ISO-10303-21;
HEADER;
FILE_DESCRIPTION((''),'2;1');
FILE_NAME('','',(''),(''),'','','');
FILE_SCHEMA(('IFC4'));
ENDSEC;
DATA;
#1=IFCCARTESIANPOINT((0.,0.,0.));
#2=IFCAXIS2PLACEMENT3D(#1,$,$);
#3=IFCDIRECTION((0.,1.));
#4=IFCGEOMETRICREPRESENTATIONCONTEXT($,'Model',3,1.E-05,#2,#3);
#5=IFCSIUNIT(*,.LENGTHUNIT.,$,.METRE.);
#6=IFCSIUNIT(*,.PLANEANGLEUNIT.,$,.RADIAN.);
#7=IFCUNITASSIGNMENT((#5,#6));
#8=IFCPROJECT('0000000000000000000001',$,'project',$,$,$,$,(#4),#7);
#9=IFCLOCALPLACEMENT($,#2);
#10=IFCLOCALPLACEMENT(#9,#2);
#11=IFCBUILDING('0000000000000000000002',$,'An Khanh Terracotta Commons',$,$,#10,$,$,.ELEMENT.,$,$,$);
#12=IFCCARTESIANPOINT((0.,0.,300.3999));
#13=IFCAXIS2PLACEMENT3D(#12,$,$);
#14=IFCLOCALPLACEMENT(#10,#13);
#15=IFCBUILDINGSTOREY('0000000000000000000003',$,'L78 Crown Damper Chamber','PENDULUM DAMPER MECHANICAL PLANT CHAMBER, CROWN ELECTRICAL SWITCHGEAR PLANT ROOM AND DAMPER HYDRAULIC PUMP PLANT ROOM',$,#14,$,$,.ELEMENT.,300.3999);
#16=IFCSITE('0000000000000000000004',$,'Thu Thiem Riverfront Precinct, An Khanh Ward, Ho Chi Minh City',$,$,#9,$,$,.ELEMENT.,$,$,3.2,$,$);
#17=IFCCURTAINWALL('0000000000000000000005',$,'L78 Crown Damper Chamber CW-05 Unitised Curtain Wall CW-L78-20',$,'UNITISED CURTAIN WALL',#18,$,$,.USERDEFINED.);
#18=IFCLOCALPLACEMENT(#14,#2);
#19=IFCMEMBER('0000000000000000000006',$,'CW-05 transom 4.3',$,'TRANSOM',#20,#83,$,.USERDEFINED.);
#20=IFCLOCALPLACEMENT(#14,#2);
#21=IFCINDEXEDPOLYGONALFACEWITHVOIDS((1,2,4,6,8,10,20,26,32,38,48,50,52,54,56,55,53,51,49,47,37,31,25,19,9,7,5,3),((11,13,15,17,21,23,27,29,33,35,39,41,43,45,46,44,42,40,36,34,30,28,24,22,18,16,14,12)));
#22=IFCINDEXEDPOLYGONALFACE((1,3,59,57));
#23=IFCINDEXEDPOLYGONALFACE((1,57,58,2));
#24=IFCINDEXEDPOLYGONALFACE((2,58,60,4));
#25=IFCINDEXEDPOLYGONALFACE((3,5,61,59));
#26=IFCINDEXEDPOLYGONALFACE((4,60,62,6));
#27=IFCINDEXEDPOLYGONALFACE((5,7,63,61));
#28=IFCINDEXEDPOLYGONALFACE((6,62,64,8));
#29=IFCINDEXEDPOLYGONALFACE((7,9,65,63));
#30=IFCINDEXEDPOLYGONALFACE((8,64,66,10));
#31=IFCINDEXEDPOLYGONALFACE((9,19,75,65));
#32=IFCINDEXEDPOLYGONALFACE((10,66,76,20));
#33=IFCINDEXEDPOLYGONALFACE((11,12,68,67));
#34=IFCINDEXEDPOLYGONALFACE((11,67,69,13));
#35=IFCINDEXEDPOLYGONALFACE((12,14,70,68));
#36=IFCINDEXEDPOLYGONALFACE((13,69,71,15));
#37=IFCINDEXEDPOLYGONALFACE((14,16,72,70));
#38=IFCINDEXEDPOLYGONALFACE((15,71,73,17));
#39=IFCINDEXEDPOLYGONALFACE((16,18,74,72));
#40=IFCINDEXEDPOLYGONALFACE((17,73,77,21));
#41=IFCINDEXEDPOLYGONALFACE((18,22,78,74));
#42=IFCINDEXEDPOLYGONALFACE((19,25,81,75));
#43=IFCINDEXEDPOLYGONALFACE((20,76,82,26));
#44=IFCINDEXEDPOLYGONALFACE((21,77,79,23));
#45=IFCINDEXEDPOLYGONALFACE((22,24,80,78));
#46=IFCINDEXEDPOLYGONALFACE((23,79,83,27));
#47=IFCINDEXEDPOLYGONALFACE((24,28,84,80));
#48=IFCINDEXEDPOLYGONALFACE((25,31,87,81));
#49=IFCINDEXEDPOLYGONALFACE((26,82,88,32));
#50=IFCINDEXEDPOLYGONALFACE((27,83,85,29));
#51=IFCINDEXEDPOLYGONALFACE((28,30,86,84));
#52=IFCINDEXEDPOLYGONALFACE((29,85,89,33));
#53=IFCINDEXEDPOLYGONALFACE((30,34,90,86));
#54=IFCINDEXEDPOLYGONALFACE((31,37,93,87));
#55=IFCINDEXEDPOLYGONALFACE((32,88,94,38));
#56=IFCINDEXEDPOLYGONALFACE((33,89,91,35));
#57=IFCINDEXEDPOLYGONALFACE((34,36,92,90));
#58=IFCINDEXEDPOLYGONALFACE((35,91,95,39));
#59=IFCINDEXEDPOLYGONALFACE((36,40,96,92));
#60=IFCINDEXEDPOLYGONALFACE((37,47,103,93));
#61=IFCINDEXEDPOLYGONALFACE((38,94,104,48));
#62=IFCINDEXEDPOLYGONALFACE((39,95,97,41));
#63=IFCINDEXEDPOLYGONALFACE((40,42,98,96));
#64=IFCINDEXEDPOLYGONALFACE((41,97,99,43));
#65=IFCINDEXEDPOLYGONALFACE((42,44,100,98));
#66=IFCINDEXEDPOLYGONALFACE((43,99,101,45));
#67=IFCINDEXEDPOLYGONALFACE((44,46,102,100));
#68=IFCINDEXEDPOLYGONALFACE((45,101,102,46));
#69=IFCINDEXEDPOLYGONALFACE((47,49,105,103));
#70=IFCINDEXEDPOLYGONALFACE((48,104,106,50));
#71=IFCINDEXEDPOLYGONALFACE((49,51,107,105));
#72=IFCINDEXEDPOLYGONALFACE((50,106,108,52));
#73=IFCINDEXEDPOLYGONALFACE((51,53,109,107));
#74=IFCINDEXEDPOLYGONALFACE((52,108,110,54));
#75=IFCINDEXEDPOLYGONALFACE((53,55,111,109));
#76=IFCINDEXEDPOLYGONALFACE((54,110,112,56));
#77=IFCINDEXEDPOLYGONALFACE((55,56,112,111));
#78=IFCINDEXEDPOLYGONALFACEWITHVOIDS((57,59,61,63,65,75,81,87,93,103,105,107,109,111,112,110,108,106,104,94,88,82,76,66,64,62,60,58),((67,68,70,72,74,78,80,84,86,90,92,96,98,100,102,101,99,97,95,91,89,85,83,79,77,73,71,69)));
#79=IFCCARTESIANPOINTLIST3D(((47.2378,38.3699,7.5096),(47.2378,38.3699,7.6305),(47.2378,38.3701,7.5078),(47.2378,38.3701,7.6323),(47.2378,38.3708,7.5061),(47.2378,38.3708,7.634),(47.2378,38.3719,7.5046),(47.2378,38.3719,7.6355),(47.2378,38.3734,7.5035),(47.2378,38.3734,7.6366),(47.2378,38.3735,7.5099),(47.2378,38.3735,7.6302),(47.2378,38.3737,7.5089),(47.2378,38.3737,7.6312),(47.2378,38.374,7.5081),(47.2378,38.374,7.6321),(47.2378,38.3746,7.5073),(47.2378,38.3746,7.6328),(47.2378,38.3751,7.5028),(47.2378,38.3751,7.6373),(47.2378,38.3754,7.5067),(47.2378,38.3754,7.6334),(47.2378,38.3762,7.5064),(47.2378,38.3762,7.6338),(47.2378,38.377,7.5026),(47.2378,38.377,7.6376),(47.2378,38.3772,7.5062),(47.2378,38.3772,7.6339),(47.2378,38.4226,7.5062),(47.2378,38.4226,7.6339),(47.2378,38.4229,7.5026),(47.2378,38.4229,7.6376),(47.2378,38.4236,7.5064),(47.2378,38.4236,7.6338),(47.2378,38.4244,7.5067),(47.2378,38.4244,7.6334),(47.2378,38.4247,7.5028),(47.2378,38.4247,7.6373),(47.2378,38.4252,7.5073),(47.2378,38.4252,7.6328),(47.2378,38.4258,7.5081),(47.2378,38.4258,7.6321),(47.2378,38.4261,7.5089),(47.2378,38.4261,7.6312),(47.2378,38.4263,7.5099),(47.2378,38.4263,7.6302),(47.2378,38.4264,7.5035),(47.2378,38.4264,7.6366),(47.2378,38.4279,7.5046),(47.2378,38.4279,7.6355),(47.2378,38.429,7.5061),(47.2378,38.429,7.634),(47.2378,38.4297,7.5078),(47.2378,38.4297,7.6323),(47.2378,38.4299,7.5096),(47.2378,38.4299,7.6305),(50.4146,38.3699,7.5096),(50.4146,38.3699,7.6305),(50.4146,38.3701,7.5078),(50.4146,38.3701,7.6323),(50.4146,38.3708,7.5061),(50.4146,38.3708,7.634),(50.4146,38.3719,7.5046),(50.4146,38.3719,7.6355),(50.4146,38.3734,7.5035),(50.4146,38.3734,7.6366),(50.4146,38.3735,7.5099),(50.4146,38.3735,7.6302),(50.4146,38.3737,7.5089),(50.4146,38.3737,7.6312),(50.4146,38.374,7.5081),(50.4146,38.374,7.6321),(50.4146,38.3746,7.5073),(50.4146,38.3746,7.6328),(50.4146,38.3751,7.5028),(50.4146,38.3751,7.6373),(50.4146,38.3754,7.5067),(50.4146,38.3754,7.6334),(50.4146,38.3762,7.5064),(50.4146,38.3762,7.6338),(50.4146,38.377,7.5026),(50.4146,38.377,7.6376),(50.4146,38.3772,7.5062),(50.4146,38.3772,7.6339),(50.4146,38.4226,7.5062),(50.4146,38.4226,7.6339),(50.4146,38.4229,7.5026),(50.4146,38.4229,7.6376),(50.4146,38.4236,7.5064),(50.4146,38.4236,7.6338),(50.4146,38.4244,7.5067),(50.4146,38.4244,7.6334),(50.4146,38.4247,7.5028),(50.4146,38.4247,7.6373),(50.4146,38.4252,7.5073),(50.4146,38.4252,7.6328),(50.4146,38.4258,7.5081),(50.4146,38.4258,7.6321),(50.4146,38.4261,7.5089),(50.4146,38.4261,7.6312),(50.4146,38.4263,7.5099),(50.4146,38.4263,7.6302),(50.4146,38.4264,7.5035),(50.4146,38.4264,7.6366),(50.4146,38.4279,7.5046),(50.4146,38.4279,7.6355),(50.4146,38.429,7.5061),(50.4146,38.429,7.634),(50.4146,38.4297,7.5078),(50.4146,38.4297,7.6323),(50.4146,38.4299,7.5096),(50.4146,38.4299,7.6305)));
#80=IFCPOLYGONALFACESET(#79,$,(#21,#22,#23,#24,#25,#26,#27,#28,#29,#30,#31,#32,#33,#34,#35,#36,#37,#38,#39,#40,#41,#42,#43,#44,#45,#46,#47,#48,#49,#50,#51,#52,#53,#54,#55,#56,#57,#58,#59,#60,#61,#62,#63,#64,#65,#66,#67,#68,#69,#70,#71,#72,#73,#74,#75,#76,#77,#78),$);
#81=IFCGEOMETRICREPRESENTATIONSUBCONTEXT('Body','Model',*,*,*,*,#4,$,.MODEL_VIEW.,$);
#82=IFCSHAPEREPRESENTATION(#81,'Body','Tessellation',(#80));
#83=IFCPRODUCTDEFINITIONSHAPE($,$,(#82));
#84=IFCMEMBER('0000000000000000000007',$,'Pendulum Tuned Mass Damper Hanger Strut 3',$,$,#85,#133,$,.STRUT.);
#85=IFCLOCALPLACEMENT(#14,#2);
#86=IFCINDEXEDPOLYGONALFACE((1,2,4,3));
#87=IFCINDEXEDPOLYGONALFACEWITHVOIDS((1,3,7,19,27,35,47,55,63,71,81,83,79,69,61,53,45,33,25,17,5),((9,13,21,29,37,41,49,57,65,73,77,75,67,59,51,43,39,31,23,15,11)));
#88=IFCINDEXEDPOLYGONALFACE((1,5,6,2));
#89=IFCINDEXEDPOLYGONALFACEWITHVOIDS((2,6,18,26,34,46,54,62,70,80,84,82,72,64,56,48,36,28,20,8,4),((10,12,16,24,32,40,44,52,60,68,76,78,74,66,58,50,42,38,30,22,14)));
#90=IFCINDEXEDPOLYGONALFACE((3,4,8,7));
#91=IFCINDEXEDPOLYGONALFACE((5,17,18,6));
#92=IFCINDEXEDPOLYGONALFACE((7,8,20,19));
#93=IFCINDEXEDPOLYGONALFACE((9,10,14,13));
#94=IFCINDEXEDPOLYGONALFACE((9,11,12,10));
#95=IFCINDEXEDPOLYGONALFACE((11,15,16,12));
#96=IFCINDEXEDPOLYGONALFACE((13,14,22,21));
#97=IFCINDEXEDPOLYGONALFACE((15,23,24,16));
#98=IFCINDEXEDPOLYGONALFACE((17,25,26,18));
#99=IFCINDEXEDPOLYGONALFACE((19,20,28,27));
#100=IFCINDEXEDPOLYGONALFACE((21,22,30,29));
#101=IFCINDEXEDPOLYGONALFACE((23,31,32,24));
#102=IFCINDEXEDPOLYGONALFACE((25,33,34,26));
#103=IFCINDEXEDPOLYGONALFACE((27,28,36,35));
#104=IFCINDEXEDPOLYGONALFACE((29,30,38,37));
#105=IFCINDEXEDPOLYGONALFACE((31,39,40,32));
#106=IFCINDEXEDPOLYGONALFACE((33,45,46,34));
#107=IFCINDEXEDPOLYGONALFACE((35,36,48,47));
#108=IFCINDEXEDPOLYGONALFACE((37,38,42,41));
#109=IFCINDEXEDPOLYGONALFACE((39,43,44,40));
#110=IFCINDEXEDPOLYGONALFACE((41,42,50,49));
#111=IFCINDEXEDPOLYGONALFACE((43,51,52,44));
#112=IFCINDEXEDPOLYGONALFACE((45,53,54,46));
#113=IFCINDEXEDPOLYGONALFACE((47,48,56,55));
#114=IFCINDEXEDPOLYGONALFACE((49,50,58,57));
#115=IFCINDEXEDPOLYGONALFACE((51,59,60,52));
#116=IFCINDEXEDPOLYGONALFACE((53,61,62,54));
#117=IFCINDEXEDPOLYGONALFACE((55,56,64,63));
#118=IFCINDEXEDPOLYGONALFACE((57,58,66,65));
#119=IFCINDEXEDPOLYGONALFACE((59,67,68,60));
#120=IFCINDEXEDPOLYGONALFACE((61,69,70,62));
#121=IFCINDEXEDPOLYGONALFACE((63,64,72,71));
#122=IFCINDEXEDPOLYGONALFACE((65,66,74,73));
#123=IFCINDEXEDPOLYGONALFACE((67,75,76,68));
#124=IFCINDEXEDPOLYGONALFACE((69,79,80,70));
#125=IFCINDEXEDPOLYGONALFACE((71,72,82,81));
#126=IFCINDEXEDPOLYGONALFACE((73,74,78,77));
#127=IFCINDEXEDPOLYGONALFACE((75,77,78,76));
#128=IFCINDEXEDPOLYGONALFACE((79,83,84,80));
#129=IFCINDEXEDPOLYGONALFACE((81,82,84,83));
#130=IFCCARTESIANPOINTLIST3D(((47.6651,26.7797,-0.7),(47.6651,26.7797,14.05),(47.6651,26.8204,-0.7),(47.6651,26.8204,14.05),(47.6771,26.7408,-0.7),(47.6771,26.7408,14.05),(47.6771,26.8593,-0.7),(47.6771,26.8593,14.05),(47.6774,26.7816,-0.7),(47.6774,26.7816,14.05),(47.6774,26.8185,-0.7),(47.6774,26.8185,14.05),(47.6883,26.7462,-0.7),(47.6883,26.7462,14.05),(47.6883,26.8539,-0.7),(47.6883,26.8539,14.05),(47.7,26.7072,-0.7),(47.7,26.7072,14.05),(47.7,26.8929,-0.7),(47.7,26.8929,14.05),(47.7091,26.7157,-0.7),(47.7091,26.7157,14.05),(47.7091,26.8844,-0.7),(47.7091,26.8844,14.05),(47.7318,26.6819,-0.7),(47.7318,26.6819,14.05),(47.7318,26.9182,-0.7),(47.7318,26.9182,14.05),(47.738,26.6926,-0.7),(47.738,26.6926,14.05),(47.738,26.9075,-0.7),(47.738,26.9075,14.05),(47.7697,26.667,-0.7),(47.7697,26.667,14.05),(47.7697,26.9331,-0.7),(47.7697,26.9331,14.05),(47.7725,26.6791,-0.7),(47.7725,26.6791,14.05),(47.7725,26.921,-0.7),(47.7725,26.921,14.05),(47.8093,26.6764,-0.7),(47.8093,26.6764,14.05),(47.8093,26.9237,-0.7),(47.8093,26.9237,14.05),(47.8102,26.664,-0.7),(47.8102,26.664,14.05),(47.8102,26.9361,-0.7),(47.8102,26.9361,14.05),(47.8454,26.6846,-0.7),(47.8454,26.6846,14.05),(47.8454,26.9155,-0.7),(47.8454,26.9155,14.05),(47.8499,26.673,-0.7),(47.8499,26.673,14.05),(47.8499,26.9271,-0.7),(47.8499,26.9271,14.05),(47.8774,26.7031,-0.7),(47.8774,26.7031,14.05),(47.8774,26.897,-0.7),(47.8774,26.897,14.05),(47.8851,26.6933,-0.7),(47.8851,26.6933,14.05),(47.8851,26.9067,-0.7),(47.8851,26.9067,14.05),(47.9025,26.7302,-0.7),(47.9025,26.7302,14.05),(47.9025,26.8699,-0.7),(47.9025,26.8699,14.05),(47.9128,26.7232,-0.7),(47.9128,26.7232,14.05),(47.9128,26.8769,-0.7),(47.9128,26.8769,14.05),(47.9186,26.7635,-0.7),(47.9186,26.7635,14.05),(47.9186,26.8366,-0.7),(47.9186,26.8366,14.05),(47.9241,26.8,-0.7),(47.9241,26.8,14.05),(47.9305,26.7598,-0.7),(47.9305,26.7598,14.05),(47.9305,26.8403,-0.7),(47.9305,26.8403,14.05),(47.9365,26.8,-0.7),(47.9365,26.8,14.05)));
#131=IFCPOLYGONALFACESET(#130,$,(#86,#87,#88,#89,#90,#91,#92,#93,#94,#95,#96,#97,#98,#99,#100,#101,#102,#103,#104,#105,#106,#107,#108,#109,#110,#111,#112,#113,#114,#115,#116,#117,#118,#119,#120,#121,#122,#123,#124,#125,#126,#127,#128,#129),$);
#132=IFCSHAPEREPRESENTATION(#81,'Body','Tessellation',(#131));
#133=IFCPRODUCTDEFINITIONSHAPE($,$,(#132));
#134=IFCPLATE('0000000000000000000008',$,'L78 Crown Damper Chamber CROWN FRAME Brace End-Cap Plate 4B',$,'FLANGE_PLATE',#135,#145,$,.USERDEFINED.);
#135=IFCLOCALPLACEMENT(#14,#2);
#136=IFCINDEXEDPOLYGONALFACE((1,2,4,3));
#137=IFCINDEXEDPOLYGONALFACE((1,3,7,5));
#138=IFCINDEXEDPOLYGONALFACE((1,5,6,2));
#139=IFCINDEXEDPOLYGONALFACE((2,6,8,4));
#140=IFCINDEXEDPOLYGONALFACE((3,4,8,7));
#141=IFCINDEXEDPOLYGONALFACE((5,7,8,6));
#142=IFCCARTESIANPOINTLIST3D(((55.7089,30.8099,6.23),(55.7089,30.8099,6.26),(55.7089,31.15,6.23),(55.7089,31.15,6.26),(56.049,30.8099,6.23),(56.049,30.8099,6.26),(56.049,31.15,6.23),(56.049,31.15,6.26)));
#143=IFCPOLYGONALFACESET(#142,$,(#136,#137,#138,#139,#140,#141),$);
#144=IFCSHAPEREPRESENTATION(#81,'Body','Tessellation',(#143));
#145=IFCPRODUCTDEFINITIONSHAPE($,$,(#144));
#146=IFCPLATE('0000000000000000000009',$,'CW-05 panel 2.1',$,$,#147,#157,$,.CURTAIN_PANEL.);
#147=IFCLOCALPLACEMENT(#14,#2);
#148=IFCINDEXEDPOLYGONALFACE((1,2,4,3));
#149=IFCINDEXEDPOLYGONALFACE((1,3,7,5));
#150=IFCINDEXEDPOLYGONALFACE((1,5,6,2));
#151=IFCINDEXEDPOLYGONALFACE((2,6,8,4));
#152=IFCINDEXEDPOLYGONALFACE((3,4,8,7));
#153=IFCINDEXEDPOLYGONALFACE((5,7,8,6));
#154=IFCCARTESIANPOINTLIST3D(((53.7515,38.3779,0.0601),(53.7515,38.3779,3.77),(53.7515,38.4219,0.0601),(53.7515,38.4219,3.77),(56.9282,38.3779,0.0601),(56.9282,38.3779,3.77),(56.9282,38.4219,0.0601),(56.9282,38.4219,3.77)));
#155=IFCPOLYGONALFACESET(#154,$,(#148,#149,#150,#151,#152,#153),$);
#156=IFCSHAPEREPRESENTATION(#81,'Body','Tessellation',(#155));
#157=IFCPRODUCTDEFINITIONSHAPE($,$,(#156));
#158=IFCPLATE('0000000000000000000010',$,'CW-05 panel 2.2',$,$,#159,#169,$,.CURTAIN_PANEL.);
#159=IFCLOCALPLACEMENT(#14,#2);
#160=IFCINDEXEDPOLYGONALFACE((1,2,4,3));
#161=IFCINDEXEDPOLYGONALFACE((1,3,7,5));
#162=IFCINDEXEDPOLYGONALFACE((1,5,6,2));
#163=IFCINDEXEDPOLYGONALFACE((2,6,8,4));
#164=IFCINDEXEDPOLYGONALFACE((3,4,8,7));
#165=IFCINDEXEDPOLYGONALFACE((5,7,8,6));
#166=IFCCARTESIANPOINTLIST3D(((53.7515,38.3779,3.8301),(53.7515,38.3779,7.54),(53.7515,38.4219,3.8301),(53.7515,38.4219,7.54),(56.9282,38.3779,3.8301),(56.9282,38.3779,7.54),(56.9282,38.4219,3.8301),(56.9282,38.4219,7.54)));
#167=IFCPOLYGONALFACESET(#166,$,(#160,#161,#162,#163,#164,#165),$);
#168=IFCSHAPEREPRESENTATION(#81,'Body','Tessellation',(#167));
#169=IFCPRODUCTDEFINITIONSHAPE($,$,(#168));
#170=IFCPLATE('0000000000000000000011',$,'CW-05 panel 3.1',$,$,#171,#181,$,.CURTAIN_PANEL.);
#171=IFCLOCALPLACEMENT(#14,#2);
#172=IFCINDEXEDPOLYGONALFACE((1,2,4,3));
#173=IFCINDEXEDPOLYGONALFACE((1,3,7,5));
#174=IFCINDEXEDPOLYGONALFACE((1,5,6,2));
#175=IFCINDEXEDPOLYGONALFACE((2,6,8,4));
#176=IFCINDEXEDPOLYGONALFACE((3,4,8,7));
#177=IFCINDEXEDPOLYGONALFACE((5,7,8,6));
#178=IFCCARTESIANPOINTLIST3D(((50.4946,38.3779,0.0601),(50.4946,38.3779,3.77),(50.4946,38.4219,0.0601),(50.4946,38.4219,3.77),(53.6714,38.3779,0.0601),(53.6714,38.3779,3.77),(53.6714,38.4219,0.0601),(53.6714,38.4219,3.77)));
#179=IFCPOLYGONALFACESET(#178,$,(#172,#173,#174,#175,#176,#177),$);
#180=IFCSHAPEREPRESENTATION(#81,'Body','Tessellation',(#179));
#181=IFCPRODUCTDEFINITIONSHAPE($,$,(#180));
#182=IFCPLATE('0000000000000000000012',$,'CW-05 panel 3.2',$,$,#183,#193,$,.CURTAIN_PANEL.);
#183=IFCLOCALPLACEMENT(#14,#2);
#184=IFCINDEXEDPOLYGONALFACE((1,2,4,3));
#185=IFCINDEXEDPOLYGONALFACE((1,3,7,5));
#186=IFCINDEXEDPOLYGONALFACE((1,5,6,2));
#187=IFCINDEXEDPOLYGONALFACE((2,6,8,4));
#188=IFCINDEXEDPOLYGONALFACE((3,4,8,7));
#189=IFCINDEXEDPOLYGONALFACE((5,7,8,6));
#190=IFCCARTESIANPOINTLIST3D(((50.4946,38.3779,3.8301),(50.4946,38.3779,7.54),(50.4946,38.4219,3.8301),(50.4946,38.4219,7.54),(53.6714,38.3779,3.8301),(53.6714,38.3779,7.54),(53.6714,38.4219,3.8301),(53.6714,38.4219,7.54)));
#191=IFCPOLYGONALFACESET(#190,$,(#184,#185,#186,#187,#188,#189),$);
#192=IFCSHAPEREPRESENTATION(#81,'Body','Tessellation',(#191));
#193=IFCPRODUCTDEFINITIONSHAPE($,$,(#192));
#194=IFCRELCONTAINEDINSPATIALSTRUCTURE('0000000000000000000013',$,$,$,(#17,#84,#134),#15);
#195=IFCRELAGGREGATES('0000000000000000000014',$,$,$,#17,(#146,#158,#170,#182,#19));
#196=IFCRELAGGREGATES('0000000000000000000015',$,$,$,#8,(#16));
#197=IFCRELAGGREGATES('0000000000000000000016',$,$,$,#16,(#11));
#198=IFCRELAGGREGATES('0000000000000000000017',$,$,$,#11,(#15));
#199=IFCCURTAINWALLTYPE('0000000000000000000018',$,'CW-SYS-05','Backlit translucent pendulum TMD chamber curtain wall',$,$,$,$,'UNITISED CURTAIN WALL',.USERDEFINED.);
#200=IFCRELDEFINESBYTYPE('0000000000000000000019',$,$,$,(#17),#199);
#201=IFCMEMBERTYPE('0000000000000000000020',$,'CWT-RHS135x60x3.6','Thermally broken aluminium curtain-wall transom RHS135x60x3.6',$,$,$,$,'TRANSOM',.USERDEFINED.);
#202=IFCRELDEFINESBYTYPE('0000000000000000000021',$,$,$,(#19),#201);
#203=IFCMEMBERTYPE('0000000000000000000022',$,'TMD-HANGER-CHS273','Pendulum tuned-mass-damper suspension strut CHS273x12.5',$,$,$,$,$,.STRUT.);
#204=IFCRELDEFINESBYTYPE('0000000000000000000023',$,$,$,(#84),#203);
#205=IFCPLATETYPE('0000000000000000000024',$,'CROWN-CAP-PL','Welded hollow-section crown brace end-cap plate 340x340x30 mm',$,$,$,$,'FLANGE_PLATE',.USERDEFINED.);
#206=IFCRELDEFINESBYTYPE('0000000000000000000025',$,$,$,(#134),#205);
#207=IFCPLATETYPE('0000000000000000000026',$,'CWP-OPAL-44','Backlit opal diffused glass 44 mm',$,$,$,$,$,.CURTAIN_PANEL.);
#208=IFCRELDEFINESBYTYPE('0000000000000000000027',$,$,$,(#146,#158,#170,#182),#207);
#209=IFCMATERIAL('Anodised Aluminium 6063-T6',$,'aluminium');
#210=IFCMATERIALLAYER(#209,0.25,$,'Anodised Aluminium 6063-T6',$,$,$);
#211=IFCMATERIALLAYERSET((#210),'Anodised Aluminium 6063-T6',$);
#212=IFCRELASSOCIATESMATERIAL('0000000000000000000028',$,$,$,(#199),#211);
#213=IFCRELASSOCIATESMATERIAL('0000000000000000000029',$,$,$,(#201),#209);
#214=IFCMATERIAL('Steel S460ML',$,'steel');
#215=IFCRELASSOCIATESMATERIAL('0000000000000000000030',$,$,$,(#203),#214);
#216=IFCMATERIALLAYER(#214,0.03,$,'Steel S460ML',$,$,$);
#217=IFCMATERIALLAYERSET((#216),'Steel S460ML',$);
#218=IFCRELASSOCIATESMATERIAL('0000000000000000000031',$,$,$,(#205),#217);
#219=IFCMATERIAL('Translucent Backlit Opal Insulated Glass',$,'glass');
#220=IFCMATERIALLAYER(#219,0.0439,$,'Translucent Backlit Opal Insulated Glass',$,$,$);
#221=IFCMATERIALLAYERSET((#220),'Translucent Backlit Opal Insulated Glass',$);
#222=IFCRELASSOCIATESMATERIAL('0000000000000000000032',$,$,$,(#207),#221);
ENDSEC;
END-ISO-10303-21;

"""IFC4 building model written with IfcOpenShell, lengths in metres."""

from ifc_helpers import new_model, si_unit, direction, frame, origin, origin_2d, place, context, subcontext, project, spatial, rectangle, hollow_rectangle, hollow_circle, extrude, material, layer, layer_set, material_profile, profile_set, type_object, element, aggregate, save


model = new_model("IFC4")

# Units and contexts
model_context = context("Model", 3, precision=1e-05, world=origin(), true_north=direction((0.0, 1.0)))
body_context = subcontext(model_context, "Body", "Model", "MODEL_VIEW")
ifc_project = project(units=[si_unit("LENGTHUNIT", "METRE"), si_unit("PLANEANGLEUNIT", "RADIAN")], contexts=[model_context])

# Site, building, storey
site_placement = place(None, origin())
site = spatial("IfcSite", under=ifc_project, at=site_placement, Name="Thu Thiem Riverfront Precinct, An Khanh Ward, Ho Chi Minh City", CompositionType="ELEMENT", RefElevation=3.2)
building_placement = place(site_placement, origin())
building = spatial("IfcBuilding", under=site, at=building_placement, Name="An Khanh Terracotta Commons", CompositionType="ELEMENT")
storey_placement = place(building_placement, frame((0.0, 0.0, 300.3999)))
storey = spatial("IfcBuildingStorey", under=building, at=storey_placement, Name="L78 Crown Damper Chamber", Description="PENDULUM DAMPER MECHANICAL PLANT CHAMBER, CROWN ELECTRICAL SWITCHGEAR PLANT ROOM AND DAMPER HYDRAULIC PUMP PLANT ROOM", CompositionType="ELEMENT", Elevation=300.3999)

# Shared definitions
ifc_material_1 = material(Name="Steel S460ML", Category="steel")

# Curtain wall, member
ifc_material_2 = material(Name="Anodised Aluminium 6063-T6", Category="aluminium")
ifc_layer_1 = layer(ifc_material_2, 0.25, Name="Anodised Aluminium 6063-T6")
ifc_layer_set_1 = layer_set([ifc_layer_1], Name="Anodised Aluminium 6063-T6")
curtain_wall_type = type_object("IfcCurtainWallType", Name="CW-SYS-05", Description="Backlit translucent pendulum TMD chamber curtain wall", ElementType="UNITISED CURTAIN WALL", PredefinedType="USERDEFINED", material=ifc_layer_set_1)
curtain_wall_placement = place(storey_placement, origin())
curtain_wall = element("IfcCurtainWall", 1, at=curtain_wall_placement, inside=storey, type_object=curtain_wall_type, Name="L78 Crown Damper Chamber CW-05 Unitised Curtain Wall CW-L78-20", ObjectType="UNITISED CURTAIN WALL", PredefinedType="USERDEFINED")
ifc_material_profile_1 = material_profile(ifc_material_2, hollow_rectangle(XDim=0.0601, YDim=0.135, WallThickness=0.0037, InnerFilletRadius=0.0037, OuterFilletRadius=0.0071, at=origin_2d()), Name="RHS135x60x3.6")
ifc_profile_set_1 = profile_set([ifc_material_profile_1], Name="Anodised Aluminium 6063-T6")
member_type_1 = type_object("IfcMemberType", Name="CWT-RHS135x60x3.6", Description="Thermally broken aluminium curtain-wall transom RHS135x60x3.6", ElementType="TRANSOM", PredefinedType="USERDEFINED", material=ifc_profile_set_1)
member_1_placement = place(storey_placement, frame((50.4146, 38.3999, 7.5701), z_axis=(-1.0, 0.0, 0.0), x_axis=(0.0, -1.0, 0.0)))
member_1 = element("IfcMember", 2, at=member_1_placement, type_object=member_type_1, Name="CW-05 transom 4.3", ObjectType="TRANSOM", PredefinedType="USERDEFINED", context=body_context, shape_type="SweptSolid", body=[
    extrude(hollow_rectangle(XDim=0.0601, YDim=0.135, WallThickness=0.0037, InnerFilletRadius=0.0037, OuterFilletRadius=0.0071, at=origin_2d()), origin(), (0.0, 0.0, 1.0), 3.1768),
])

# Member
ifc_material_profile_2 = material_profile(ifc_material_1, hollow_circle(Radius=0.1365, WallThickness=0.0125, at=origin_2d()), Name="CHS273x12.5")
ifc_profile_set_2 = profile_set([ifc_material_profile_2], Name="Steel S460ML")
member_type_2 = type_object("IfcMemberType", Name="TMD-HANGER-CHS273", Description="Pendulum tuned-mass-damper suspension strut CHS273x12.5", PredefinedType="STRUT", material=ifc_profile_set_2)
member_2_placement = place(storey_placement, frame((47.8, 26.8, -0.7), z_axis=(0.0, 0.0, 1.0), x_axis=(1.0, 0.0, 0.0)))
element("IfcMember", 3, at=member_2_placement, inside=storey, type_object=member_type_2, Name="Pendulum Tuned Mass Damper Hanger Strut 3", PredefinedType="STRUT", context=body_context, shape_type="SweptSolid", body=[
    extrude(hollow_circle(Radius=0.1365, WallThickness=0.0125, at=origin_2d()), origin(), (0.0, 0.0, 1.0), 14.75),
])

# Plates
ifc_layer_2 = layer(ifc_material_1, 0.03, Name="Steel S460ML")
ifc_layer_set_2 = layer_set([ifc_layer_2], Name="Steel S460ML")
plate_type_1 = type_object("IfcPlateType", Name="CROWN-CAP-PL", Description="Welded hollow-section crown brace end-cap plate 340x340x30 mm", ElementType="FLANGE_PLATE", PredefinedType="USERDEFINED", material=ifc_layer_set_2)
plate_1_placement = place(storey_placement, frame((55.8789, 30.98, 6.23), z_axis=(0.0, 0.0, 1.0), x_axis=(1.0, 0.0, 0.0)))
element("IfcPlate", 4, at=plate_1_placement, inside=storey, type_object=plate_type_1, Name="L78 Crown Damper Chamber CROWN FRAME Brace End-Cap Plate 4B", ObjectType="FLANGE_PLATE", PredefinedType="USERDEFINED", context=body_context, shape_type="SweptSolid", body=[
    extrude(rectangle(XDim=0.3401, YDim=0.3401, at=origin_2d()), origin(), (0.0, 0.0, 1.0), 0.03),
])
ifc_material_3 = material(Name="Translucent Backlit Opal Insulated Glass", Category="glass")
ifc_layer_3 = layer(ifc_material_3, 0.0439, Name="Translucent Backlit Opal Insulated Glass")
ifc_layer_set_3 = layer_set([ifc_layer_3], Name="Translucent Backlit Opal Insulated Glass")
plate_type_2 = type_object("IfcPlateType", Name="CWP-OPAL-44", Description="Backlit opal diffused glass 44 mm", PredefinedType="CURTAIN_PANEL", material=ifc_layer_set_3)
plate_2_placement = place(storey_placement, frame((55.3398, 38.3999, 0.0601), z_axis=(0.0, 0.0, 1.0), x_axis=(-1.0, 0.0, 0.0)))
plate_2 = element("IfcPlate", 5, at=plate_2_placement, type_object=plate_type_2, Name="CW-05 panel 2.1", PredefinedType="CURTAIN_PANEL", context=body_context, shape_type="SweptSolid", body=[
    extrude(rectangle(XDim=3.1768, YDim=0.0439, at=origin_2d()), origin(), (0.0, 0.0, 1.0), 3.71),
])
plate_3_placement = place(storey_placement, frame((55.3398, 38.3999, 3.8301), z_axis=(0.0, 0.0, 1.0), x_axis=(-1.0, 0.0, 0.0)))
plate_3 = element("IfcPlate", 6, at=plate_3_placement, type_object=plate_type_2, Name="CW-05 panel 2.2", PredefinedType="CURTAIN_PANEL", context=body_context, shape_type="SweptSolid", body=[
    extrude(rectangle(XDim=3.1768, YDim=0.0439, at=origin_2d()), origin(), (0.0, 0.0, 1.0), 3.71),
])
plate_4_placement = place(storey_placement, frame((52.083, 38.3999, 0.0601), z_axis=(0.0, 0.0, 1.0), x_axis=(-1.0, 0.0, 0.0)))
plate_4 = element("IfcPlate", 7, at=plate_4_placement, type_object=plate_type_2, Name="CW-05 panel 3.1", PredefinedType="CURTAIN_PANEL", context=body_context, shape_type="SweptSolid", body=[
    extrude(rectangle(XDim=3.1768, YDim=0.0439, at=origin_2d()), origin(), (0.0, 0.0, 1.0), 3.71),
])
plate_5_placement = place(storey_placement, frame((52.083, 38.3999, 3.8301), z_axis=(0.0, 0.0, 1.0), x_axis=(-1.0, 0.0, 0.0)))
plate_5 = element("IfcPlate", 8, at=plate_5_placement, type_object=plate_type_2, Name="CW-05 panel 3.2", PredefinedType="CURTAIN_PANEL", context=body_context, shape_type="SweptSolid", body=[
    extrude(rectangle(XDim=3.1768, YDim=0.0439, at=origin_2d()), origin(), (0.0, 0.0, 1.0), 3.71),
])
aggregate(curtain_wall, [plate_2, plate_3, plate_4, plate_5, member_1])

save(model, "model.ifc")
